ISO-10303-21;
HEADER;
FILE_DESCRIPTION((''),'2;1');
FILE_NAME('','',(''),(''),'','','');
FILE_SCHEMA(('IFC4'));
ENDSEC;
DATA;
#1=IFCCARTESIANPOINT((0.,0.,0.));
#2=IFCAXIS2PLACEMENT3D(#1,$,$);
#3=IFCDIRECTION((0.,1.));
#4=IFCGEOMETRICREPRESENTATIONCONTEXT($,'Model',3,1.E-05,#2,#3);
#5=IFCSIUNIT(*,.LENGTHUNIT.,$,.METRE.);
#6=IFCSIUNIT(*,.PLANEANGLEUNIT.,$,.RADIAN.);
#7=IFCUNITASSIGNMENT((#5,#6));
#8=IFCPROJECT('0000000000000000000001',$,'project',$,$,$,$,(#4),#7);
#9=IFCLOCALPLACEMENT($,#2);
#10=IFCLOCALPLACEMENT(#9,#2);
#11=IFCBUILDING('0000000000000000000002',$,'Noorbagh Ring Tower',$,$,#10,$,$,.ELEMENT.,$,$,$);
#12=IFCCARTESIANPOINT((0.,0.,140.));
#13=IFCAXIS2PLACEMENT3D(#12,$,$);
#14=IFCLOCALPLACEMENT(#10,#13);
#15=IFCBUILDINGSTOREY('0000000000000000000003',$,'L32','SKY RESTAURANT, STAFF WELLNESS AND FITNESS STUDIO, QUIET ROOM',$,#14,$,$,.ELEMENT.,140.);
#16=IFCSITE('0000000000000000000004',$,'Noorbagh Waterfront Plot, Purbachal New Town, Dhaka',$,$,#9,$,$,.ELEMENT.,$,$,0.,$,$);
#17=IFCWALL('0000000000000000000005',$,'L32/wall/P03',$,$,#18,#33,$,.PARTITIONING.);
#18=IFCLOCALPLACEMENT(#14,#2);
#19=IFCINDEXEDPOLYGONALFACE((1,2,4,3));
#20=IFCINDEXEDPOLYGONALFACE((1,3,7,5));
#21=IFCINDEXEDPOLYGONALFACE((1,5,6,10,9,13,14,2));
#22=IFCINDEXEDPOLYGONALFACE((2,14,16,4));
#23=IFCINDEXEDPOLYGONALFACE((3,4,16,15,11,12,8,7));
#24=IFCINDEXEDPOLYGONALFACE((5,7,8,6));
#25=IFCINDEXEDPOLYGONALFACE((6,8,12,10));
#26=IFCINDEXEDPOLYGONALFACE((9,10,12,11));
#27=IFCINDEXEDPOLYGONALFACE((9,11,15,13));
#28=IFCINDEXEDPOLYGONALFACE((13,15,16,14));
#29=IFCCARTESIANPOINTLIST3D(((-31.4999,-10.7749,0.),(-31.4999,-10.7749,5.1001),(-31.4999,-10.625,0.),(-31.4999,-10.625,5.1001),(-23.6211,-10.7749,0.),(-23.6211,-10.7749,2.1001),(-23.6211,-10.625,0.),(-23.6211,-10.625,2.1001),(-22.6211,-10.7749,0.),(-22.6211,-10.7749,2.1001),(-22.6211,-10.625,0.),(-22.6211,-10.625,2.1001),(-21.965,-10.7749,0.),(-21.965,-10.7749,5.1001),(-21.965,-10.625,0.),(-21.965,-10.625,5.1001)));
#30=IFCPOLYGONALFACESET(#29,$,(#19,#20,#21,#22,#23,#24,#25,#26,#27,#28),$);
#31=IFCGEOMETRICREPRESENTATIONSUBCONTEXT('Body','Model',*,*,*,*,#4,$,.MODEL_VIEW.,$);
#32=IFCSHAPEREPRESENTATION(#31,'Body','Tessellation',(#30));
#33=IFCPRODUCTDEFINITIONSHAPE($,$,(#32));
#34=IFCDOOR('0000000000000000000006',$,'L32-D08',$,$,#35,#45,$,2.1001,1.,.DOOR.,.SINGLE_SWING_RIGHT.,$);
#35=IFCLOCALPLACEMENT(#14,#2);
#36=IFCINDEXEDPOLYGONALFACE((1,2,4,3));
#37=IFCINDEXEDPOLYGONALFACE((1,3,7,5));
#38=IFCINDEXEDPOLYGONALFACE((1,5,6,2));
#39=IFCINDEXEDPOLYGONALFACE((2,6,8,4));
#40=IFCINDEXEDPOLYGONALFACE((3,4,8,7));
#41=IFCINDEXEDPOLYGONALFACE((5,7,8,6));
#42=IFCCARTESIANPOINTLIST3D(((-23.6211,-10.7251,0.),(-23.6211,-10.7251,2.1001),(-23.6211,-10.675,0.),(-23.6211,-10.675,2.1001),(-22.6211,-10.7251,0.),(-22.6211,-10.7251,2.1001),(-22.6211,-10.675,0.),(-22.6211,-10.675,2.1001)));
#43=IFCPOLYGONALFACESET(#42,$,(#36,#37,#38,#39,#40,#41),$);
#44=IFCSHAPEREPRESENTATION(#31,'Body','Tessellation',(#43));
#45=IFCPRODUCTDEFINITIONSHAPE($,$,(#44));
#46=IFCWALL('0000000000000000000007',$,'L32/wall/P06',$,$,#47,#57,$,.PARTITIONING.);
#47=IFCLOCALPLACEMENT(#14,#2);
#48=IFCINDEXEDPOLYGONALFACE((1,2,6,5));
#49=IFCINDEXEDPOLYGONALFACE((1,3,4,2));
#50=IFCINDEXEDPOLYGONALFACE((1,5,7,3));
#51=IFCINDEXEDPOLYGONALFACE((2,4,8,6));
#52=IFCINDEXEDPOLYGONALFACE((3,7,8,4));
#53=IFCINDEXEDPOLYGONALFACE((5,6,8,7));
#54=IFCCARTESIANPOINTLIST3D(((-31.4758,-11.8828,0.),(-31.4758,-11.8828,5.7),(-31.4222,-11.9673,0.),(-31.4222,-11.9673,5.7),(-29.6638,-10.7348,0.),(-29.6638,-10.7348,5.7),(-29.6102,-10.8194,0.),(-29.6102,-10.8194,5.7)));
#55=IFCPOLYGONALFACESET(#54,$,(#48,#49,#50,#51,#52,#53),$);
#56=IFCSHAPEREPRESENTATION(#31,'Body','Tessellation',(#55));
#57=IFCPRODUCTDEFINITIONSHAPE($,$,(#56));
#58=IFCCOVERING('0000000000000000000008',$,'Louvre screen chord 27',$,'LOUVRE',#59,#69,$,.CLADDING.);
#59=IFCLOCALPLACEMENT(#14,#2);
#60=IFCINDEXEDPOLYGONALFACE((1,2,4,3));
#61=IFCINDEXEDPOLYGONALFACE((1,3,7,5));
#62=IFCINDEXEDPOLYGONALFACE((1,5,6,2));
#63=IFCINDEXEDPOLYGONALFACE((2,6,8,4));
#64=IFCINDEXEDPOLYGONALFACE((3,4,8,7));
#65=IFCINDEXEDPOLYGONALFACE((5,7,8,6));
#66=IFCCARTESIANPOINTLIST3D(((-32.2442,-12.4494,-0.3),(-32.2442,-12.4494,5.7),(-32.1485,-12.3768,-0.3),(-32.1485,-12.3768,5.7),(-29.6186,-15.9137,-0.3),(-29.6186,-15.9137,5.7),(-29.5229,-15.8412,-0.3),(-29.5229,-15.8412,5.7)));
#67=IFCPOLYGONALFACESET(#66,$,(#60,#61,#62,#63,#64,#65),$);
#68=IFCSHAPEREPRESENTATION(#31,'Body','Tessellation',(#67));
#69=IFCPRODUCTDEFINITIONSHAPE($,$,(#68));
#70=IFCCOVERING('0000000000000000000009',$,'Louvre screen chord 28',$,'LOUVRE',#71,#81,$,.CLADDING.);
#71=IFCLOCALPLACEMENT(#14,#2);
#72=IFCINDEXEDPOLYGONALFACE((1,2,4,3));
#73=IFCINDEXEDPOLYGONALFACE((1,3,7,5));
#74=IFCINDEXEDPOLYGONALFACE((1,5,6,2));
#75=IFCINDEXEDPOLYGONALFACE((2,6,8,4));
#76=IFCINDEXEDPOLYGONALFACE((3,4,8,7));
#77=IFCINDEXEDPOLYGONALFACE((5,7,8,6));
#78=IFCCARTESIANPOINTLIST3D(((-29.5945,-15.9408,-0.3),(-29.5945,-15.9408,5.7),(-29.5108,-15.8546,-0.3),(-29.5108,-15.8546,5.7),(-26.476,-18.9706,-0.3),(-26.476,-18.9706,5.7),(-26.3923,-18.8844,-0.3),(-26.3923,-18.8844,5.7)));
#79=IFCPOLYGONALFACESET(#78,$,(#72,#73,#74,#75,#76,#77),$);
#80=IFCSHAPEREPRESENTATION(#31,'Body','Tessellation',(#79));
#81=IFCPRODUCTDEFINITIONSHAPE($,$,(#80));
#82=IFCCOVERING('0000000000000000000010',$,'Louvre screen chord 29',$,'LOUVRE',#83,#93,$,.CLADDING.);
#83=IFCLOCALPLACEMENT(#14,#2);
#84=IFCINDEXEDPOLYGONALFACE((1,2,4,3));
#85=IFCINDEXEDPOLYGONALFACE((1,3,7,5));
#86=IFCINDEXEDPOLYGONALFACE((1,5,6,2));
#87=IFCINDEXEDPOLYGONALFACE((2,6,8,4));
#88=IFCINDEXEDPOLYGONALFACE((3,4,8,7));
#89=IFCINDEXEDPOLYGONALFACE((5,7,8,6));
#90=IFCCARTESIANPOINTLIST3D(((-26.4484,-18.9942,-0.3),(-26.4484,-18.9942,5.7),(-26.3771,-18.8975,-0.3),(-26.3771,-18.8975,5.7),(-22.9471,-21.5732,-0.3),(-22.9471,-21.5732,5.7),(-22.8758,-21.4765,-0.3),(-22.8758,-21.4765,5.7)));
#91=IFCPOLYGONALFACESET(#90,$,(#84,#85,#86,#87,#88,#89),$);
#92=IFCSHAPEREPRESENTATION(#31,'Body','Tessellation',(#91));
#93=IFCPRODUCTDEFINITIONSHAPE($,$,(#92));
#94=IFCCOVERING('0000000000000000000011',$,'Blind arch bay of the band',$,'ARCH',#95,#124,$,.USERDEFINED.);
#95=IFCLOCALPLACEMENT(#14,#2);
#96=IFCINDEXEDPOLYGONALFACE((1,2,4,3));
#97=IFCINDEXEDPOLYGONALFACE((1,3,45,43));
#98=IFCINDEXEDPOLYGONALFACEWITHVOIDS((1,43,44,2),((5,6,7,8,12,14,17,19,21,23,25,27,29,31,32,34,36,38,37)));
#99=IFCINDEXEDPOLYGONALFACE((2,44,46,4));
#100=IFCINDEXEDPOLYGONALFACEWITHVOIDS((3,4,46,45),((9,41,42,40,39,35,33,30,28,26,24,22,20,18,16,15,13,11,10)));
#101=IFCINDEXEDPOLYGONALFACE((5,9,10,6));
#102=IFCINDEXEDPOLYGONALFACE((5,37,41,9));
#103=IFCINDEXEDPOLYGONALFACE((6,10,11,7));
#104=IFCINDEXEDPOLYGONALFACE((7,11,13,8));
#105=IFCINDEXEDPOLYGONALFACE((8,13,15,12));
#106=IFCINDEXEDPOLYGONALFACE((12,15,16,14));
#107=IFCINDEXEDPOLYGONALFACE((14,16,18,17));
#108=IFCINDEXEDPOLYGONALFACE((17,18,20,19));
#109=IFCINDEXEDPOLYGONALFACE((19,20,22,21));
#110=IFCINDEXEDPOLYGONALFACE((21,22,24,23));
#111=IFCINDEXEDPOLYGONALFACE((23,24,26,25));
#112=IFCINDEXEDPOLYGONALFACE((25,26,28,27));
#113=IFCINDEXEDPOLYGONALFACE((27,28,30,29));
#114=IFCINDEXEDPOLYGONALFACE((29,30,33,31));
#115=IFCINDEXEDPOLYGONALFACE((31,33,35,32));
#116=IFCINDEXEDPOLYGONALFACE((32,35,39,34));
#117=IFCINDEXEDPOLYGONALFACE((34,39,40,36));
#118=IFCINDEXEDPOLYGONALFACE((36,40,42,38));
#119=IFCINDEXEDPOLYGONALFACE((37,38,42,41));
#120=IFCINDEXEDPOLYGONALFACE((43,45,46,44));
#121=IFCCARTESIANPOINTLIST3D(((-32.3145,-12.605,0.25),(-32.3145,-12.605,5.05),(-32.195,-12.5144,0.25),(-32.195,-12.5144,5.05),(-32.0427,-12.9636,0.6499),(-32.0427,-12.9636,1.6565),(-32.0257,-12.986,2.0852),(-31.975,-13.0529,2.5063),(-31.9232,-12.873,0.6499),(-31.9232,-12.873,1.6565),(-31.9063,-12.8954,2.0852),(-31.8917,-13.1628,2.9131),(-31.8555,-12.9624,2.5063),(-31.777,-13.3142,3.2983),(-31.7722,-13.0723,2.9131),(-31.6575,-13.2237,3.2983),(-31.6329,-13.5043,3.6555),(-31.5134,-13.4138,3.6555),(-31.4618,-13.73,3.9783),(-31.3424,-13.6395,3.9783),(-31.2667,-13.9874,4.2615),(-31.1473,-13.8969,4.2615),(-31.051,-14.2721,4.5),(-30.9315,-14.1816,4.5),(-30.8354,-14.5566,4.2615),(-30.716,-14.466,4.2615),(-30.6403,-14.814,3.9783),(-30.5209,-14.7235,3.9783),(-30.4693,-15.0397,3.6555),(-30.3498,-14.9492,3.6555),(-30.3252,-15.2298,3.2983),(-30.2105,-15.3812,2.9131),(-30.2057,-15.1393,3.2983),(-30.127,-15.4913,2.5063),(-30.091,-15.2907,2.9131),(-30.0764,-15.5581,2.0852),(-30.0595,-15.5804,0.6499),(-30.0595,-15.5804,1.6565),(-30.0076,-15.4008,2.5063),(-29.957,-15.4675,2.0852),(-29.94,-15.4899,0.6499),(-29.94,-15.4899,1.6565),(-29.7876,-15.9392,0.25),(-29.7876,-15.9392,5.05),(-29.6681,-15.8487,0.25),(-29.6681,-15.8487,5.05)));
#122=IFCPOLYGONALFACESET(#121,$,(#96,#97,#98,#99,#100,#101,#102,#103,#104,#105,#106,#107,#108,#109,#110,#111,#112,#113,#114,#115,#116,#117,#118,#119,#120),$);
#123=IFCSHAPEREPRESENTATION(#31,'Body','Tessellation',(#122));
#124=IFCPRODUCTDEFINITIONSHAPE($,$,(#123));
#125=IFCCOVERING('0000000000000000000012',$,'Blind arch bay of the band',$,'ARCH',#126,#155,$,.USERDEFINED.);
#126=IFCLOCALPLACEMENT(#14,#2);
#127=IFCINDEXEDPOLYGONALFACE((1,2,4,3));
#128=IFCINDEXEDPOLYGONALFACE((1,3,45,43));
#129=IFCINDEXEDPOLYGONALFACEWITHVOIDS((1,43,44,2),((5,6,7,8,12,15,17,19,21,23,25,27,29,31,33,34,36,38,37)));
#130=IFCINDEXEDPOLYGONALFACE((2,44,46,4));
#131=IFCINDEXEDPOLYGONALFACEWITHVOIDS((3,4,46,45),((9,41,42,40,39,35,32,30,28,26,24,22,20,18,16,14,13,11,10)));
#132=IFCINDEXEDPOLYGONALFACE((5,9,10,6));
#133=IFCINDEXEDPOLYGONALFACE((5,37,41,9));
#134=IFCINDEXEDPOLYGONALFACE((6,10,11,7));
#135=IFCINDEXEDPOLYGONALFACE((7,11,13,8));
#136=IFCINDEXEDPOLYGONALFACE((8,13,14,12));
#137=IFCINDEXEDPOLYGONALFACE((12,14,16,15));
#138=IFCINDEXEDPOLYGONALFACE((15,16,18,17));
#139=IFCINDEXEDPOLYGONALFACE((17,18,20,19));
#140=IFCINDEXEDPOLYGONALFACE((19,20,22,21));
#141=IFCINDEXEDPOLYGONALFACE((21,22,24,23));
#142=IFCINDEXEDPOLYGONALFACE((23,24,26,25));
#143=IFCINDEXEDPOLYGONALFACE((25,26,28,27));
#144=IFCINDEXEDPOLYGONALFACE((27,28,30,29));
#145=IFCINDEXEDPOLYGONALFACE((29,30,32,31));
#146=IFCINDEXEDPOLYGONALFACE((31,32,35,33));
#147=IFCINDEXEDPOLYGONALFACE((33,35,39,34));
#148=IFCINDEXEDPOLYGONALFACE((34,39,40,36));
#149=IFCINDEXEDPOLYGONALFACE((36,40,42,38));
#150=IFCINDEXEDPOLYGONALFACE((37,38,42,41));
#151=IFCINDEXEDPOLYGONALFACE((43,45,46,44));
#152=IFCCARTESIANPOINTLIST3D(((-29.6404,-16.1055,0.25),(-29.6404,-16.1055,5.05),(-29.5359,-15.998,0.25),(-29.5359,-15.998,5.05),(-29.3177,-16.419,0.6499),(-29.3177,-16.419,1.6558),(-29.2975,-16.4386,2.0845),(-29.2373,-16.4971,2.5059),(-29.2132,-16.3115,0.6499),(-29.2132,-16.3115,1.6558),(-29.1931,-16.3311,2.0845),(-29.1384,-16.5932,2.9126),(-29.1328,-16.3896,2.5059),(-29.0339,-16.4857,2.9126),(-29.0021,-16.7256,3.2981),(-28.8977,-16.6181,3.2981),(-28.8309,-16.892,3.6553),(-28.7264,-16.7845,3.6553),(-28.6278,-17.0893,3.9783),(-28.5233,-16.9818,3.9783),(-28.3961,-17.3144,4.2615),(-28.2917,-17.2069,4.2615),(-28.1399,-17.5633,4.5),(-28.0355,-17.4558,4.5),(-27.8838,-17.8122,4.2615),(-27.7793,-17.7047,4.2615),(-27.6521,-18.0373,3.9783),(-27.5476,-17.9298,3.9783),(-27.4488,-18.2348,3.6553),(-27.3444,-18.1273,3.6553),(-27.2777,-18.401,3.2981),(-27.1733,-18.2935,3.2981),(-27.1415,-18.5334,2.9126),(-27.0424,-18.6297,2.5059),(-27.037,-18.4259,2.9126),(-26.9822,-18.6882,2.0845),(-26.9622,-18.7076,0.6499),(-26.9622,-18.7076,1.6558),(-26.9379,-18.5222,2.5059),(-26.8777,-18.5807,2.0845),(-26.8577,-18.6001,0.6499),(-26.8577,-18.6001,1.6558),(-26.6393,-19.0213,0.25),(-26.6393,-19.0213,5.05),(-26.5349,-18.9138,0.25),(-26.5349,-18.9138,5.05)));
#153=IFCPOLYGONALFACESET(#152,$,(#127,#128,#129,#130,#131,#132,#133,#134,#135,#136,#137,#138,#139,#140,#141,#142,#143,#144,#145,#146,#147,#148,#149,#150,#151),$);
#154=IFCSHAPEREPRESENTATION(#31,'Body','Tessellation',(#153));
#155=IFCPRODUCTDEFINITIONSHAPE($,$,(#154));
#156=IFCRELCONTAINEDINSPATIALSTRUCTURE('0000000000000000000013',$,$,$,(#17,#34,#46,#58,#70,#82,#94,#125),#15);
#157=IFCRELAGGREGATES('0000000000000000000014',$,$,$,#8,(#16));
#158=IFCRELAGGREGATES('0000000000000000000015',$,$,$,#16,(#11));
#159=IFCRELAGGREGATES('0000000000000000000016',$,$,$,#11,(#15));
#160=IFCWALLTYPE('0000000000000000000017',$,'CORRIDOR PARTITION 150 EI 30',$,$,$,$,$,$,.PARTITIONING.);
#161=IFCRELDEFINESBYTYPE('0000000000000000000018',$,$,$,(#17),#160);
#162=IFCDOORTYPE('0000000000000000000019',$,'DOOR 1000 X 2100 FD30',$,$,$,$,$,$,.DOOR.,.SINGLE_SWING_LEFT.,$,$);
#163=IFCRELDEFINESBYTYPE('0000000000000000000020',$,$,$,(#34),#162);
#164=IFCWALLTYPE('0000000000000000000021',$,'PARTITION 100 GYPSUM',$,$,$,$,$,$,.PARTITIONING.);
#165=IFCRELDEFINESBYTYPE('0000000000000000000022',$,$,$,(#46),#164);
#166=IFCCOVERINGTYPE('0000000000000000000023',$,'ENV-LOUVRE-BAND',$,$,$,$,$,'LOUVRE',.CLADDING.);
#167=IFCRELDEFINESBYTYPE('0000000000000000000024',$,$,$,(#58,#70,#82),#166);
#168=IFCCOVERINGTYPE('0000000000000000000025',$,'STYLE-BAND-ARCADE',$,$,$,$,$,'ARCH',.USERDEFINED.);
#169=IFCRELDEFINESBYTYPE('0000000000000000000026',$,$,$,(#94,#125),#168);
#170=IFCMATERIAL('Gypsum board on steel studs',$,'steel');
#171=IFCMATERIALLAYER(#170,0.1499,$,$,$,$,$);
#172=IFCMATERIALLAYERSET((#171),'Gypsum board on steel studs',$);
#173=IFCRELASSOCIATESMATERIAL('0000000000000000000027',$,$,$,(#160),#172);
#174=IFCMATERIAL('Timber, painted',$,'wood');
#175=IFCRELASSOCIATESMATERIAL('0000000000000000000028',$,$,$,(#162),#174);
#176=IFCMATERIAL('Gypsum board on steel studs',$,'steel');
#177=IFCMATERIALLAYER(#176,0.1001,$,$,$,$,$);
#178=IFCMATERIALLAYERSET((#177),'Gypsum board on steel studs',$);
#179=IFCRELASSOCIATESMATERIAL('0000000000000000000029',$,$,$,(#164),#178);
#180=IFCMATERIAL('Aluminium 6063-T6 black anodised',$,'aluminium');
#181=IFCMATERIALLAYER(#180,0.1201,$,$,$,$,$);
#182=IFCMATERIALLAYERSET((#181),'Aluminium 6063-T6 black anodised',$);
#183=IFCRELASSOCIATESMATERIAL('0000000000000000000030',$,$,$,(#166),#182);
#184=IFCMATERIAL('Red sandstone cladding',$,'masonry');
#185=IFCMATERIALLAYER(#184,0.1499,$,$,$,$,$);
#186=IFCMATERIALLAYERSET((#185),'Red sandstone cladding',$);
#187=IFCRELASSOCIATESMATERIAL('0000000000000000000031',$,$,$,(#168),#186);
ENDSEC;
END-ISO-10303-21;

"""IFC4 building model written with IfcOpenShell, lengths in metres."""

from ifc_helpers import new_model, si_unit, direction, frame, frame_2d, origin, origin_2d, place, context, subcontext, project, spatial, polyline, rectangle, outline, extrude, material, layer, layer_set, type_object, element, fill, save


model = new_model("IFC4")

# Units and contexts
model_context = context("Model", 3, precision=1e-05, world=origin(), true_north=direction((0.0, 1.0)))
body_context = subcontext(model_context, "Body", "Model", "MODEL_VIEW")
ifc_project = project(units=[si_unit("LENGTHUNIT", "METRE"), si_unit("PLANEANGLEUNIT", "RADIAN")], contexts=[model_context])

# Site, building, storey
site_placement = place(None, origin())
site = spatial("IfcSite", under=ifc_project, at=site_placement, Name="Noorbagh Waterfront Plot, Purbachal New Town, Dhaka", CompositionType="ELEMENT", RefElevation=0.0)
building_placement = place(site_placement, origin())
building = spatial("IfcBuilding", under=site, at=building_placement, Name="Noorbagh Ring Tower", CompositionType="ELEMENT")
storey_placement = place(building_placement, frame((0.0, 0.0, 140.0)))
storey = spatial("IfcBuildingStorey", under=building, at=storey_placement, Name="L32", Description="SKY RESTAURANT, STAFF WELLNESS AND FITNESS STUDIO, QUIET ROOM", CompositionType="ELEMENT", Elevation=140.0)

# Wall, opening, door
ifc_material_1 = material(Name="Gypsum board on steel studs", Category="steel")
ifc_layer_1 = layer(ifc_material_1, 0.1499)
ifc_layer_set_1 = layer_set([ifc_layer_1], Name="Gypsum board on steel studs")
wall_type_1 = type_object("IfcWallType", Name="CORRIDOR PARTITION 150 EI 30", PredefinedType="PARTITIONING", material=ifc_layer_set_1)
ifc_material_2 = material(Name="Timber, painted", Category="wood")
door_type = type_object("IfcDoorType", Name="DOOR 1000 X 2100 FD30", OperationType="SINGLE_SWING_LEFT", PredefinedType="DOOR", material=ifc_material_2)
wall_1_placement = place(storey_placement, frame((-31.5, -10.7, 0.0), z_axis=(0.0, 0.0, 1.0), x_axis=(1.0, 0.0, 0.0)))
wall_1 = element("IfcWall", 1, at=wall_1_placement, inside=storey, type_object=wall_type_1, Name="L32/wall/P03", PredefinedType="PARTITIONING", context=body_context, shape_type="SweptSolid", body=[
    extrude(rectangle(XDim=9.5349, YDim=0.1499, at=frame_2d((4.7676, 0.0))), origin(), (0.0, 0.0, 1.0), 5.1001),
])
opening_1_placement = place(wall_1_placement, frame((7.8789, 0.0, 0.0)))
opening_1 = element("IfcOpeningElement", 2, at=opening_1_placement, cuts=wall_1, PredefinedType="OPENING", context=body_context, shape_type="SweptSolid", body=[
    extrude(rectangle(XDim=1.0, YDim=2.1001, at=frame_2d((0.5, 1.05))), frame((0.0, 0.085, 0.0), z_axis=(0.0, -1.0, 0.0), x_axis=(1.0, 0.0, 0.0)), (0.0, 0.0, 1.0), 0.1699),
])
door_1_placement = place(opening_1_placement, origin())
door_1 = element("IfcDoor", 3, at=door_1_placement, inside=storey, type_object=door_type, Name="L32-D08", OperationType="SINGLE_SWING_RIGHT", OverallHeight=2.1001, OverallWidth=1.0, PredefinedType="DOOR", context=body_context, shape_type="SweptSolid", body=[
    extrude(rectangle(XDim=1.0, YDim=2.1001, at=frame_2d((0.5, 1.05))), frame((0.0, 0.0249, 0.0), z_axis=(0.0, -1.0, 0.0), x_axis=(1.0, 0.0, 0.0)), (0.0, 0.0, 1.0), 0.05),
])
fill(opening_1, door_1)

# Wall
ifc_material_3 = material(Name="Gypsum board on steel studs", Category="steel")
ifc_layer_2 = layer(ifc_material_3, 0.1001)
ifc_layer_set_2 = layer_set([ifc_layer_2], Name="Gypsum board on steel studs")
wall_type_2 = type_object("IfcWallType", Name="PARTITION 100 GYPSUM", PredefinedType="PARTITIONING", material=ifc_layer_set_2)
wall_2_placement = place(storey_placement, frame((-31.449, -11.925, 0.0), z_axis=(0.0, 0.0, 1.0), x_axis=(0.844747, 0.535166, 0.0)))
element("IfcWall", 4, at=wall_2_placement, inside=storey, type_object=wall_type_2, Name="L32/wall/P06", PredefinedType="PARTITIONING", context=body_context, shape_type="SweptSolid", body=[
    extrude(rectangle(XDim=2.145, YDim=0.1001, at=frame_2d((1.0725, 0.0))), origin(), (0.0, 0.0, 1.0), 5.7),
])

# Coverings
ifc_material_4 = material(Name="Aluminium 6063-T6 black anodised", Category="aluminium")
ifc_layer_3 = layer(ifc_material_4, 0.1201)
ifc_layer_set_3 = layer_set([ifc_layer_3], Name="Aluminium 6063-T6 black anodised")
covering_type_1 = type_object("IfcCoveringType", Name="ENV-LOUVRE-BAND", ElementType="LOUVRE", PredefinedType="CLADDING", material=ifc_layer_set_3)
covering_1_placement = place(storey_placement, frame((-30.8835, -14.1453, -0.3), z_axis=(0.0, 0.0, 1.0), x_axis=(0.60402, -0.796969, 0.0)))
element("IfcCovering", 5, at=covering_1_placement, inside=storey, type_object=covering_type_1, Name="Louvre screen chord 27", ObjectType="LOUVRE", PredefinedType="CLADDING", context=body_context, shape_type="SweptSolid", body=[
    extrude(rectangle(XDim=4.3469, YDim=0.1201, at=origin_2d()), origin(), (0.0, 0.0, 1.0), 6.0),
])
covering_2_placement = place(storey_placement, frame((-27.9934, -17.4126, -0.3), z_axis=(0.0, 0.0, 1.0), x_axis=(0.717225, -0.696842, 0.0)))
element("IfcCovering", 6, at=covering_2_placement, inside=storey, type_object=covering_type_1, Name="Louvre screen chord 28", ObjectType="LOUVRE", PredefinedType="CLADDING", context=body_context, shape_type="SweptSolid", body=[
    extrude(rectangle(XDim=4.3479, YDim=0.1201, at=origin_2d()), origin(), (0.0, 0.0, 1.0), 6.0),
])
covering_3_placement = place(storey_placement, frame((-24.6621, -20.2354, -0.3), z_axis=(0.0, 0.0, 1.0), x_axis=(0.805153, -0.593067, 0.0)))
element("IfcCovering", 7, at=covering_3_placement, inside=storey, type_object=covering_type_1, Name="Louvre screen chord 29", ObjectType="LOUVRE", PredefinedType="CLADDING", context=body_context, shape_type="SweptSolid", body=[
    extrude(rectangle(XDim=4.3486, YDim=0.1201, at=origin_2d()), origin(), (0.0, 0.0, 1.0), 6.0),
])
ifc_material_5 = material(Name="Red sandstone cladding", Category="masonry")
ifc_layer_4 = layer(ifc_material_5, 0.1499)
ifc_layer_set_4 = layer_set([ifc_layer_4], Name="Red sandstone cladding")
covering_type_2 = type_object("IfcCoveringType", Name="STYLE-BAND-ARCADE", ElementType="ARCH", PredefinedType="USERDEFINED", material=ifc_layer_set_4)
covering_4_placement = place(storey_placement, frame((-32.3145, -12.605, 0.25), z_axis=(-0.796986, -0.603998, 0.0), x_axis=(0.603998, -0.796986, 0.0)))
element("IfcCovering", 8, at=covering_4_placement, inside=storey, type_object=covering_type_2, Name="Blind arch bay of the band", ObjectType="ARCH", PredefinedType="USERDEFINED", context=body_context, shape_type="SweptSolid", body=[
    extrude(outline(polyline([(0.0, 0.0), (4.1836, 0.0), (4.1836, 4.8), (0.0, 4.8), (0.0, 0.0)]), holes=[polyline([(0.45, 0.3999), (0.45, 1.4065), (0.478, 1.8352), (0.562, 2.2563), (0.7, 2.6631), (0.8899, 3.0483), (1.1284, 3.4055), (1.4116, 3.7283), (1.7346, 4.0115), (2.0918, 4.25), (2.4487, 4.0115), (2.7717, 3.7283), (3.0549, 3.4055), (3.2935, 3.0483), (3.4834, 2.6631), (3.6216, 2.2563), (3.7053, 1.8352), (3.7334, 1.4065), (3.7334, 0.3999), (0.45, 0.3999)])]), origin(), (0.0, 0.0, -1.0), 0.1499),
])
covering_5_placement = place(storey_placement, frame((-29.6404, -16.1055, 0.25), z_axis=(-0.696852, -0.717215, 0.0), x_axis=(0.717215, -0.696852, 0.0)))
element("IfcCovering", 9, at=covering_5_placement, inside=storey, type_object=covering_type_2, Name="Blind arch bay of the band", ObjectType="ARCH", PredefinedType="USERDEFINED", context=body_context, shape_type="SweptSolid", body=[
    extrude(outline(polyline([(0.0, 0.0), (4.1843, 0.0), (4.1843, 4.8), (0.0, 4.8), (0.0, 0.0)]), holes=[polyline([(0.45, 0.3999), (0.45, 1.4058), (0.478, 1.8345), (0.562, 2.2559), (0.7, 2.6626), (0.8899, 3.0481), (1.1287, 3.4053), (1.4119, 3.7283), (1.7349, 4.0115), (2.092, 4.25), (2.4492, 4.0115), (2.7722, 3.7283), (3.0557, 3.4053), (3.2942, 3.0481), (3.4841, 2.6626), (3.6223, 2.2559), (3.7063, 1.8345), (3.7341, 1.4058), (3.7341, 0.3999), (0.45, 0.3999)])]), origin(), (0.0, 0.0, -1.0), 0.1499),
])

save(model, "model.ifc")
